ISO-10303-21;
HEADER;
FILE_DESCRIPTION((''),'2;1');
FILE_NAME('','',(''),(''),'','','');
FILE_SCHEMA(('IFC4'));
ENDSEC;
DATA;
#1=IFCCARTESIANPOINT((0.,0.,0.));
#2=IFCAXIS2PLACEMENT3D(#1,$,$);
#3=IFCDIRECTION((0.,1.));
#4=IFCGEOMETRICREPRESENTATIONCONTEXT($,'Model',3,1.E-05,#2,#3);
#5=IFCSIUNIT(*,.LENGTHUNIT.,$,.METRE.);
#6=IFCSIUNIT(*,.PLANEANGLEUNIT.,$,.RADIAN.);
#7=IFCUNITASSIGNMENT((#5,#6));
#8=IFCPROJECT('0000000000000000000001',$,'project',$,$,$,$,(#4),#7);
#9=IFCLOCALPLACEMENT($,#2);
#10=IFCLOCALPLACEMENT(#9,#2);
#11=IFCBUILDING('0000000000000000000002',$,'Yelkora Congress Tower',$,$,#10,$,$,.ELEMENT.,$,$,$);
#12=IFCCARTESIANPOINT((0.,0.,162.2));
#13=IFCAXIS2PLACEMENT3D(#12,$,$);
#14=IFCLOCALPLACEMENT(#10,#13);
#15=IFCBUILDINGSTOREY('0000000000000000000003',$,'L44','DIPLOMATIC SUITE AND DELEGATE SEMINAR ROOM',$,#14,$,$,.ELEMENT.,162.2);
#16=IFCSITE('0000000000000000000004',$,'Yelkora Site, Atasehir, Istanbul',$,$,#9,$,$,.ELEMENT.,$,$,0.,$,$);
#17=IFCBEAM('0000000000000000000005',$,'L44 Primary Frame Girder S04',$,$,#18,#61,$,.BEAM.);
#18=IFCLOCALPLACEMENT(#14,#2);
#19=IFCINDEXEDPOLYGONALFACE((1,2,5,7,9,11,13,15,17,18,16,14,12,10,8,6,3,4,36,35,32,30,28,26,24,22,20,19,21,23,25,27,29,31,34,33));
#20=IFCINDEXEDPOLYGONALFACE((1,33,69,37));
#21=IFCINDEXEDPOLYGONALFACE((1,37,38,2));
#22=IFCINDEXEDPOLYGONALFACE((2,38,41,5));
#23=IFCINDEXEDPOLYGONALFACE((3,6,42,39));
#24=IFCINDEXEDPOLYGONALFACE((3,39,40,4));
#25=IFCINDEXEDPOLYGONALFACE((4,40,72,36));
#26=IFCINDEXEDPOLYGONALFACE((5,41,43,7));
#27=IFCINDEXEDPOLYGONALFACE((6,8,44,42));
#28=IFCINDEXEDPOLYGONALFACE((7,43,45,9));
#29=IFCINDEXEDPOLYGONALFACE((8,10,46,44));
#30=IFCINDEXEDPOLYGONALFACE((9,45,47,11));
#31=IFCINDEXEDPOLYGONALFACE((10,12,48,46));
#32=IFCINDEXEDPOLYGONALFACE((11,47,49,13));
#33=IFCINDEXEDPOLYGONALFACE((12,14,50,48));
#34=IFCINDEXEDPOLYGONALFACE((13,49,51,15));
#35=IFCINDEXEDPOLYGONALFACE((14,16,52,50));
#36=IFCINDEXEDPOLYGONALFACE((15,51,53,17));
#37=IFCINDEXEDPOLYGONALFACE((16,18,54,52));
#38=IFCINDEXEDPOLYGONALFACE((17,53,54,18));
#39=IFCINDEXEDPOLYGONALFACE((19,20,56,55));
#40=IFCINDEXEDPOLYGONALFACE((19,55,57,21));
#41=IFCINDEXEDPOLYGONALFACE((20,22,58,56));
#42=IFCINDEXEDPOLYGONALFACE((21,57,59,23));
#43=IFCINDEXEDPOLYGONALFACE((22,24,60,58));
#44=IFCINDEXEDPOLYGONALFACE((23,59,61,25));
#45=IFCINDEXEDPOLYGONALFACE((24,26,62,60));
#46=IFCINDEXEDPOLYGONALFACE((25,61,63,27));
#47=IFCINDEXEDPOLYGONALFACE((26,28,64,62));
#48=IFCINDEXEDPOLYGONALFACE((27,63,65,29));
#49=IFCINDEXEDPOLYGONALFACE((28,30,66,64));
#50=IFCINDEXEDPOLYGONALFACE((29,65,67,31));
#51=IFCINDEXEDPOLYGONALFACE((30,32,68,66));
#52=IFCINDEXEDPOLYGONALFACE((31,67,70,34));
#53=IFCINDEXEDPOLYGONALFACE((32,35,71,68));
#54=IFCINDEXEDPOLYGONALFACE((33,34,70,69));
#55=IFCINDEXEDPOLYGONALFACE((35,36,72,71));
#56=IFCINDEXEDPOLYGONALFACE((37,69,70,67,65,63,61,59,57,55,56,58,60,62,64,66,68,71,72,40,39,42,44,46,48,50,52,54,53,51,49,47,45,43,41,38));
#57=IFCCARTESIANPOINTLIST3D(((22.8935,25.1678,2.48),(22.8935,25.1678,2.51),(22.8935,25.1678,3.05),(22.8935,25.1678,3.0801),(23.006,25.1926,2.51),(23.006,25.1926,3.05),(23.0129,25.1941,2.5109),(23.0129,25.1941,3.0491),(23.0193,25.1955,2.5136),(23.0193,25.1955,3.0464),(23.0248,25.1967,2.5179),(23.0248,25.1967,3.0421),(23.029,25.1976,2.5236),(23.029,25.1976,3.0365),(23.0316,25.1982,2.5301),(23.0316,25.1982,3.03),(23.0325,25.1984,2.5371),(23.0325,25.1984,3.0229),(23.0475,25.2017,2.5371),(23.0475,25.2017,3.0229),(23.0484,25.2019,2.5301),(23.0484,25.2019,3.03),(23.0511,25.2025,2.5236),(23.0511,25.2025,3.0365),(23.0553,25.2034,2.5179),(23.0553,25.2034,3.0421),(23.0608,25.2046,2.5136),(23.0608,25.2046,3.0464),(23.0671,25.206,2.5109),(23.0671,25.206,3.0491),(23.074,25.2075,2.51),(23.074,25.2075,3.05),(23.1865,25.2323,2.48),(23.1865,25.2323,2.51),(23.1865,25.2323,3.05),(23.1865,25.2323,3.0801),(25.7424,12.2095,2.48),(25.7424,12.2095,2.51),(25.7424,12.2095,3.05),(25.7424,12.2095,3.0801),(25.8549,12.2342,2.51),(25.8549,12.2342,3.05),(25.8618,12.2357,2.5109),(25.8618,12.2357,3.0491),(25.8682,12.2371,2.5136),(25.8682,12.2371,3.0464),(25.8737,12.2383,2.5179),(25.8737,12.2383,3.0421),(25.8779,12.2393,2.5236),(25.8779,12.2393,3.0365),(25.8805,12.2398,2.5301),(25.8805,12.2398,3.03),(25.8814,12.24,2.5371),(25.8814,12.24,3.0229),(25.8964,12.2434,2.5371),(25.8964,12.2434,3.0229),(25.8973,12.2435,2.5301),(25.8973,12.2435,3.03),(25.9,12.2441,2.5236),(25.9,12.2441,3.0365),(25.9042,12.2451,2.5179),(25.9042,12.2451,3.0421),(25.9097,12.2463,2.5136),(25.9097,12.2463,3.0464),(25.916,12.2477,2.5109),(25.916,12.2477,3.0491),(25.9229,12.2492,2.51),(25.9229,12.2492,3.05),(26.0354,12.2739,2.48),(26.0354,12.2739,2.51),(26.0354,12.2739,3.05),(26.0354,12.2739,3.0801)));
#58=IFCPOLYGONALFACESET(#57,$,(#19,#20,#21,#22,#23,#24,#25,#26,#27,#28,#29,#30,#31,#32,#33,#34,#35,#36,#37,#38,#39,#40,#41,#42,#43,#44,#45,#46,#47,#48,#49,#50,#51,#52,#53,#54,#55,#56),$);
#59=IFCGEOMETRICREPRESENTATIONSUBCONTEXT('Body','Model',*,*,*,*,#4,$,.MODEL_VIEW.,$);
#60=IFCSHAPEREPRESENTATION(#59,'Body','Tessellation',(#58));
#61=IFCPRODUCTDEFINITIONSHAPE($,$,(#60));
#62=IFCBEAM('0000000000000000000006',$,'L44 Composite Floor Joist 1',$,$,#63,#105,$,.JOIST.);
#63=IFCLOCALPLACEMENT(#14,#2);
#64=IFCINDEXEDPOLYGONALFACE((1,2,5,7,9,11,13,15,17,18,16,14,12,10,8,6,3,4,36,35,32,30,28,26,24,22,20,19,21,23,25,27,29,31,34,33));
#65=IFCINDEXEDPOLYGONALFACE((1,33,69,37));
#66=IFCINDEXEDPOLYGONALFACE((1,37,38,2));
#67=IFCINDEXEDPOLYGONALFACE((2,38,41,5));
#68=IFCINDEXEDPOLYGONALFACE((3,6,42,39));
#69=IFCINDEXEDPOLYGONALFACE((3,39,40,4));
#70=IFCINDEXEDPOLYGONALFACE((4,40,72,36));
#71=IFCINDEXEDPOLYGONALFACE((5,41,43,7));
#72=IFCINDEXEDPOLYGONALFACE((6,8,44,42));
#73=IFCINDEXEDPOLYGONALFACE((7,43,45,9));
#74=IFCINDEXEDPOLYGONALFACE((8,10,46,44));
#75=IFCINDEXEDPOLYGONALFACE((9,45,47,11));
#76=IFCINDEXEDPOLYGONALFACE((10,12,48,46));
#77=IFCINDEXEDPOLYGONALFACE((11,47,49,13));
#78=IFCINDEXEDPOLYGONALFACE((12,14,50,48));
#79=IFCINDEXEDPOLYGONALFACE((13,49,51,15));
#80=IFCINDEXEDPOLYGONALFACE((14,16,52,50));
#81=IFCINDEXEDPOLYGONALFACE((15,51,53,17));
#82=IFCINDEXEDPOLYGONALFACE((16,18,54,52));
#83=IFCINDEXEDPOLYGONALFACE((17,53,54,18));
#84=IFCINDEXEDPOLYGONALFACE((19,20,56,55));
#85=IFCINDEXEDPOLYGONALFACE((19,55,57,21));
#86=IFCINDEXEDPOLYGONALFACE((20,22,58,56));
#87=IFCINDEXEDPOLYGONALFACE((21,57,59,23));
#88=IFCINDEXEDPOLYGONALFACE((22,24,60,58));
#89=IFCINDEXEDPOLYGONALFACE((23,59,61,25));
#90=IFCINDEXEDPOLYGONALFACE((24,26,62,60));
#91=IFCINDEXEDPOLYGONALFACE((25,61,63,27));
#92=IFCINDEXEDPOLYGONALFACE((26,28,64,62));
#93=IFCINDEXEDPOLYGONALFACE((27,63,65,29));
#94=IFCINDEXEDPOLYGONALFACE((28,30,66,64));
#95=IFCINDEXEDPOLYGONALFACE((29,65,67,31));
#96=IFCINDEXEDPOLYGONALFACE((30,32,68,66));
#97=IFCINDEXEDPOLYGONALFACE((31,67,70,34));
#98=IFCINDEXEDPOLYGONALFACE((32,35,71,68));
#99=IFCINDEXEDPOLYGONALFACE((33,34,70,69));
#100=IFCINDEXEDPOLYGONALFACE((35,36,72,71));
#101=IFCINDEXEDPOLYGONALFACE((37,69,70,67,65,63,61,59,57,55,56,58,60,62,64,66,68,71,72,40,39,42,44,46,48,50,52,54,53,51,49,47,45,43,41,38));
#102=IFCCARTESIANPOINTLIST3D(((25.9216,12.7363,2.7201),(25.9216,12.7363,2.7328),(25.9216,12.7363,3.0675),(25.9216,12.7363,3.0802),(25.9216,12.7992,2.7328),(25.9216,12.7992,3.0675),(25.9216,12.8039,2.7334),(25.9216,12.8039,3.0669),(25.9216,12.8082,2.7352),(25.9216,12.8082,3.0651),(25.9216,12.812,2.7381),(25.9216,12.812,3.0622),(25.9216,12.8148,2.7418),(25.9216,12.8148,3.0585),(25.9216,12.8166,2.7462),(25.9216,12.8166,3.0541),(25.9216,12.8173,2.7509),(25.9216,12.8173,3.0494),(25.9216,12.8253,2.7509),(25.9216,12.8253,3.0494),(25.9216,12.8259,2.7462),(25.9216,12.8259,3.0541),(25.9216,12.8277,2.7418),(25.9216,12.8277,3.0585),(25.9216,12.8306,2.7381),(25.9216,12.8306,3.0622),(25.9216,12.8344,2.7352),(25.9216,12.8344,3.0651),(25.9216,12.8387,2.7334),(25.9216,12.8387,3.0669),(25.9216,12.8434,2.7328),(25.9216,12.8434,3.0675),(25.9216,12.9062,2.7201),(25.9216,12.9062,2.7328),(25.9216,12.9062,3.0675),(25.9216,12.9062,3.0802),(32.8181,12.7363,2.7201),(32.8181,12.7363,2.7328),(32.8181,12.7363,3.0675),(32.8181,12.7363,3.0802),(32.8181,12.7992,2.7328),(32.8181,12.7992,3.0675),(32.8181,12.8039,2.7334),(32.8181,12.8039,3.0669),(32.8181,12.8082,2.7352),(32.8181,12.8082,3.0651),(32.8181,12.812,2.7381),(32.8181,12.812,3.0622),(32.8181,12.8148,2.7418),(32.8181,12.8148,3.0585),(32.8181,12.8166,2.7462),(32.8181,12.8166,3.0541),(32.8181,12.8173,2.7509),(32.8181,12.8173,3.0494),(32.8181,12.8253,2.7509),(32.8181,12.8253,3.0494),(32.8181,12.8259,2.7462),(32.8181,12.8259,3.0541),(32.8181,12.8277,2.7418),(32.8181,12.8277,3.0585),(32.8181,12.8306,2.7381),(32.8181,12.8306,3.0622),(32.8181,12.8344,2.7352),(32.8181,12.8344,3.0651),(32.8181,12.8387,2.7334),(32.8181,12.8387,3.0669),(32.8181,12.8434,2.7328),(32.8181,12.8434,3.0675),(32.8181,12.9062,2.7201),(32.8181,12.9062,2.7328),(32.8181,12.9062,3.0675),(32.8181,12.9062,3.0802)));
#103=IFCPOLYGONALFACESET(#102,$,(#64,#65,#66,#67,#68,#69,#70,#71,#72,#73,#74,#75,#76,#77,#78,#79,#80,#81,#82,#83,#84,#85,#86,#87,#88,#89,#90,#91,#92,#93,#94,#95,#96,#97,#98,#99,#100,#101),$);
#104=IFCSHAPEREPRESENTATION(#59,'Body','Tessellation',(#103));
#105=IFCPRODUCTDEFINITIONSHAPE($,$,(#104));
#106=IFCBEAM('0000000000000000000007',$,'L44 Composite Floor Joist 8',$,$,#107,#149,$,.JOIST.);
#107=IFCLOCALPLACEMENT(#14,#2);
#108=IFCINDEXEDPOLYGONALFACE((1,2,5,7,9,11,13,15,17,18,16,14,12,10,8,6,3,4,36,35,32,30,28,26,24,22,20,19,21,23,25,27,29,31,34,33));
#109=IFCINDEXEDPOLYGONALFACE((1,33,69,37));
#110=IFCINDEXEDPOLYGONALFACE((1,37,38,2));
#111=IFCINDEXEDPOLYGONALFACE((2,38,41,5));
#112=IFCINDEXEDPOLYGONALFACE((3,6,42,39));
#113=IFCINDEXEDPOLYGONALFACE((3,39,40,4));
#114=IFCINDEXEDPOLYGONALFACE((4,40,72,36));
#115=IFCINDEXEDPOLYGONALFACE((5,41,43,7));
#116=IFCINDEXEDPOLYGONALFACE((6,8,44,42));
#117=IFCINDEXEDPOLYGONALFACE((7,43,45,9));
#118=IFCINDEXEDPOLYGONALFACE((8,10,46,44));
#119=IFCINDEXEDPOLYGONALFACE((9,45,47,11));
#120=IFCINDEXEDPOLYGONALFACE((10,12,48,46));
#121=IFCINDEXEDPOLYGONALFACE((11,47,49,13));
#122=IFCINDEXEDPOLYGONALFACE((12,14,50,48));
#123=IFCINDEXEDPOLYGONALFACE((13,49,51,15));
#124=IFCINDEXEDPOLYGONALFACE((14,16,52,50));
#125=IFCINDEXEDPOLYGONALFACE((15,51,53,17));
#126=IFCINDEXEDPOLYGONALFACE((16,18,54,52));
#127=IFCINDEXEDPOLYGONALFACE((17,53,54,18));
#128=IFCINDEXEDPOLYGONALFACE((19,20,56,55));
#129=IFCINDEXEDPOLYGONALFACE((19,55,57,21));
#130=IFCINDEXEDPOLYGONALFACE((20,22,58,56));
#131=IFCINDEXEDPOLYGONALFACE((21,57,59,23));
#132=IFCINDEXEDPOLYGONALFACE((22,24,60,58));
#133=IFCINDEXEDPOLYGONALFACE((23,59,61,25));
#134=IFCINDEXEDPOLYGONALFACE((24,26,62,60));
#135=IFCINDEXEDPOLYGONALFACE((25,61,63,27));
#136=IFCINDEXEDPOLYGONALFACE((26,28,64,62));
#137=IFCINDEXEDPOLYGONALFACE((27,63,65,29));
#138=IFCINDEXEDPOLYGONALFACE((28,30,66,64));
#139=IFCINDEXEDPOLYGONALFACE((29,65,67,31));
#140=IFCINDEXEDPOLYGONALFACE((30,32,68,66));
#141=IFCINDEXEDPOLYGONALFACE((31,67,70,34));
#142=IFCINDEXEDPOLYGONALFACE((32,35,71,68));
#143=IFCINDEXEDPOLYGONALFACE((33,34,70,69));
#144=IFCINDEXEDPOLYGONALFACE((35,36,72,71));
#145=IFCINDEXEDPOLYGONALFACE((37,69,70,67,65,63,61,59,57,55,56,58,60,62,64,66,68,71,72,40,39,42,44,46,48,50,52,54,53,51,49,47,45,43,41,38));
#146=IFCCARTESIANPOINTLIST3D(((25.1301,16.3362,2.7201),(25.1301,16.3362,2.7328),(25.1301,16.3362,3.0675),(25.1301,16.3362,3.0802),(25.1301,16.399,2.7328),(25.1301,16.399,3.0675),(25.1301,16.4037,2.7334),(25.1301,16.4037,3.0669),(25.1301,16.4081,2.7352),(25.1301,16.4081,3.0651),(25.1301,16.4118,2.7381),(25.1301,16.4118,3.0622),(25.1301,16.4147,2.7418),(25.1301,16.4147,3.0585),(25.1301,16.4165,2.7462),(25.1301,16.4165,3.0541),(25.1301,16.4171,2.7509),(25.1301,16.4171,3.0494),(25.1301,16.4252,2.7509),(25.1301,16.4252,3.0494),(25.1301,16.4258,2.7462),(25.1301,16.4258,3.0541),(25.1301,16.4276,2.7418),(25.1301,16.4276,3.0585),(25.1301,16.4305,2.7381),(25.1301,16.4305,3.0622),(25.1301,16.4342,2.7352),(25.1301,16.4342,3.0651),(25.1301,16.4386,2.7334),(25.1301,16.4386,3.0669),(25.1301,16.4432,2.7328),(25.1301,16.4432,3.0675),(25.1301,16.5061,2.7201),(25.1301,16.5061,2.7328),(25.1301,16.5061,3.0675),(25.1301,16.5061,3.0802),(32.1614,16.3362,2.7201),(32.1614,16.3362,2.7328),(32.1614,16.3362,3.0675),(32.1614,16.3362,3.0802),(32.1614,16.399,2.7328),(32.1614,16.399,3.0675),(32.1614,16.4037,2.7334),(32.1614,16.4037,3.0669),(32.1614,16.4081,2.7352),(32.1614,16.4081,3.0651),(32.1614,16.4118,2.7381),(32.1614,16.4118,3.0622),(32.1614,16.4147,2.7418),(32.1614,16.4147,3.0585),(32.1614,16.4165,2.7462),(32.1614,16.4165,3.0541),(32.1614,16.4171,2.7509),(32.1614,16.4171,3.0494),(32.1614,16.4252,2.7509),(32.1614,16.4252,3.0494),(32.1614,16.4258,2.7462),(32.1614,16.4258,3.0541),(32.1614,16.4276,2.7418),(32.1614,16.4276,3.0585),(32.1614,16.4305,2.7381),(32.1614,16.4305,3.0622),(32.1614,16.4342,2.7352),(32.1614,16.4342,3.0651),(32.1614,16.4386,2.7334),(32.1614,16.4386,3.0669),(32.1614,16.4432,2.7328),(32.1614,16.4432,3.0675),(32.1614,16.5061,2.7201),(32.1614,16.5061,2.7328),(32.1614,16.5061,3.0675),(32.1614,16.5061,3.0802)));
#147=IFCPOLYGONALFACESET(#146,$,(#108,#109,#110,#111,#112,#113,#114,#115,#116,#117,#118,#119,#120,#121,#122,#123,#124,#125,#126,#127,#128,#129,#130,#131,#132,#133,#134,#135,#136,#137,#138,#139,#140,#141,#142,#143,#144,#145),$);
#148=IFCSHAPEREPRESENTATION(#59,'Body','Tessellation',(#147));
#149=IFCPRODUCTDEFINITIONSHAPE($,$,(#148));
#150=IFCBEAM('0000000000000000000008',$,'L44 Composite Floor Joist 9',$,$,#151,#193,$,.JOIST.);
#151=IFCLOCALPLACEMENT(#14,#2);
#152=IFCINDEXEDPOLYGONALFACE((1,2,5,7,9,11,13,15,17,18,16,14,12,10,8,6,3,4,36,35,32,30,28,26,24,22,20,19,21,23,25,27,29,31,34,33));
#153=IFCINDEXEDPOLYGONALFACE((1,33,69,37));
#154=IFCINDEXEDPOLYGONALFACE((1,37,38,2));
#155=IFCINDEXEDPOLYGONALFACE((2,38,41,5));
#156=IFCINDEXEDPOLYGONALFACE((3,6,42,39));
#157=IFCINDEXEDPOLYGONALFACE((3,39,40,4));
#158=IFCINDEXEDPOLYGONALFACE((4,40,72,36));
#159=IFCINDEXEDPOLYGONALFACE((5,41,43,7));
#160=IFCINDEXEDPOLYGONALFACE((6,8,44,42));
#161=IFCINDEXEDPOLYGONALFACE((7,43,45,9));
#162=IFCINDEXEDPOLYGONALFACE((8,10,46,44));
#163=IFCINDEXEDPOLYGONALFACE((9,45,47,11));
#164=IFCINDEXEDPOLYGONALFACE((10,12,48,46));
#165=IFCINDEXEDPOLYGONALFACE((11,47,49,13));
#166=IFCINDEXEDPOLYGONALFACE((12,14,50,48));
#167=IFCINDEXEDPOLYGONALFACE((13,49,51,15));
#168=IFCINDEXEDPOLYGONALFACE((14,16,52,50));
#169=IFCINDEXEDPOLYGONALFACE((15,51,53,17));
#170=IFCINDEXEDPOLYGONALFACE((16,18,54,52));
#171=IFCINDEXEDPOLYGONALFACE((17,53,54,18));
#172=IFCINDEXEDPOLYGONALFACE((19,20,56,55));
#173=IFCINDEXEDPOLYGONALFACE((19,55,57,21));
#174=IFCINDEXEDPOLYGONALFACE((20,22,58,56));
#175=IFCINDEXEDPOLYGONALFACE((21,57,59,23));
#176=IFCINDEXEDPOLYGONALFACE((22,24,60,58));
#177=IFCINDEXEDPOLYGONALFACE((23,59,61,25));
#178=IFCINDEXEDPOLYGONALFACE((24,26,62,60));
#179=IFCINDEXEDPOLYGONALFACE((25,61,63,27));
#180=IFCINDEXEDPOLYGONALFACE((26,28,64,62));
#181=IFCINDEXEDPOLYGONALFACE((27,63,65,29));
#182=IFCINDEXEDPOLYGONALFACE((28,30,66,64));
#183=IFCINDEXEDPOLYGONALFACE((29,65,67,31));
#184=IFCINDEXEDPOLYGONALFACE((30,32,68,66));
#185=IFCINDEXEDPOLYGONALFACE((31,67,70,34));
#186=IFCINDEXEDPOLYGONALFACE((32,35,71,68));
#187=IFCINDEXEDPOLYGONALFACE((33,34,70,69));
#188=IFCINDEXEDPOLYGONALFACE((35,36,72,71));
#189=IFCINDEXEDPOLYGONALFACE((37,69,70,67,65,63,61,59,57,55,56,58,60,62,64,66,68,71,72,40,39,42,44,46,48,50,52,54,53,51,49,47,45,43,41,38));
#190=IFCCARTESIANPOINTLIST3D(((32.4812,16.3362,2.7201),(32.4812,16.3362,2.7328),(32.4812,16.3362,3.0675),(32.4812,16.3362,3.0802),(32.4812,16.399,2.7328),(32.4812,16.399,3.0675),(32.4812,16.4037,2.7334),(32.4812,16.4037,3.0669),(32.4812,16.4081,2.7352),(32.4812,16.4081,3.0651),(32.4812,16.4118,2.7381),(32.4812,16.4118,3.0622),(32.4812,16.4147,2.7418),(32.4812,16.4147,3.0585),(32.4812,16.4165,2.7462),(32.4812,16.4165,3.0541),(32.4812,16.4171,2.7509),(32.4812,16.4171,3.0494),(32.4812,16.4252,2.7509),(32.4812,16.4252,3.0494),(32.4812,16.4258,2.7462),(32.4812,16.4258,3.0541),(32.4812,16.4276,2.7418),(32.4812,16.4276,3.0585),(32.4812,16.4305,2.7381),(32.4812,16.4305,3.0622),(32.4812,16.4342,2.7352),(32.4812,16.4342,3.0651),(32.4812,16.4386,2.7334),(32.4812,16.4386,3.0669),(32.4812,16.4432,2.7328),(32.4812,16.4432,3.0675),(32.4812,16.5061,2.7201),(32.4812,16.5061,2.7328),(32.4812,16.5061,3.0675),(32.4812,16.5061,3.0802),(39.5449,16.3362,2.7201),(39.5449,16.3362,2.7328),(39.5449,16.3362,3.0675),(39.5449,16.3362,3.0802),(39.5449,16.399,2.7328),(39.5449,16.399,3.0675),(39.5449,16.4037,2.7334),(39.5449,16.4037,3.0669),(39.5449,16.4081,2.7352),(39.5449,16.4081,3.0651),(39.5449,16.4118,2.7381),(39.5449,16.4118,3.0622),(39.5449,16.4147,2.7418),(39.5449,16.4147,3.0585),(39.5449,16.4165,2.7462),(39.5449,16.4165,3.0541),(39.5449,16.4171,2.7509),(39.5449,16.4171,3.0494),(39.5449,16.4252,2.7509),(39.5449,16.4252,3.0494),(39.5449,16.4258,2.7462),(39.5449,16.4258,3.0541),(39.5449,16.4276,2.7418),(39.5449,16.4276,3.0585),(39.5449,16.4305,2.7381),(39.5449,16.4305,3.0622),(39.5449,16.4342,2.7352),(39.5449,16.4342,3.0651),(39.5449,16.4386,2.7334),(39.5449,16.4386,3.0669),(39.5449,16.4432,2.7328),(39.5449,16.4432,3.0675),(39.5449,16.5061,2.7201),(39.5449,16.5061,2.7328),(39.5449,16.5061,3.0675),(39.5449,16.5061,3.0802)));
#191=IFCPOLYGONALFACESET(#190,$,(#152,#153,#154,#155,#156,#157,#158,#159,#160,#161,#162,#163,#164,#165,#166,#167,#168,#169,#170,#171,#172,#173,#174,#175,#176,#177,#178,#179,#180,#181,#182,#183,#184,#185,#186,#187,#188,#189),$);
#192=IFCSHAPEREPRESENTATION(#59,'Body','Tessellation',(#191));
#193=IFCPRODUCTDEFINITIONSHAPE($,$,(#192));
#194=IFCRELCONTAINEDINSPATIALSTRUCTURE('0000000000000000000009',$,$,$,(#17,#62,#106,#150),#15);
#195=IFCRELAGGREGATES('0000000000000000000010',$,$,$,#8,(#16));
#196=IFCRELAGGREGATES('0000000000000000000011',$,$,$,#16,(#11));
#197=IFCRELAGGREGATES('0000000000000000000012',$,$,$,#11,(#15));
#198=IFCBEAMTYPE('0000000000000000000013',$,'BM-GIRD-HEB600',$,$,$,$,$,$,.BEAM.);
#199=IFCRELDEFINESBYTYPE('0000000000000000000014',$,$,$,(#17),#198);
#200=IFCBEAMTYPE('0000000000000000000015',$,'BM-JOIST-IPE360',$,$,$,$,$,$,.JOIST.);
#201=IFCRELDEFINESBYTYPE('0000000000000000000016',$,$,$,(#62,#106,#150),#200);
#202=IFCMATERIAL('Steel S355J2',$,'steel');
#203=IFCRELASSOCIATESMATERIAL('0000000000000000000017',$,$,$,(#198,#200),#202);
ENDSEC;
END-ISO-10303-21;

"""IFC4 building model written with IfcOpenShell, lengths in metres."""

from ifc_helpers import new_model, si_unit, direction, frame, origin, origin_2d, place, context, subcontext, project, spatial, i_section, extrude, material, material_profile, profile_set, type_object, element, save


model = new_model("IFC4")

# Units and contexts
model_context = context("Model", 3, precision=1e-05, world=origin(), true_north=direction((0.0, 1.0)))
body_context = subcontext(model_context, "Body", "Model", "MODEL_VIEW")
ifc_project = project(units=[si_unit("LENGTHUNIT", "METRE"), si_unit("PLANEANGLEUNIT", "RADIAN")], contexts=[model_context])

# Site, building, storey
site_placement = place(None, origin())
site = spatial("IfcSite", under=ifc_project, at=site_placement, Name="Yelkora Site, Atasehir, Istanbul", CompositionType="ELEMENT", RefElevation=0.0)
building_placement = place(site_placement, origin())
building = spatial("IfcBuilding", under=site, at=building_placement, Name="Yelkora Congress Tower", CompositionType="ELEMENT")
storey_placement = place(building_placement, frame((0.0, 0.0, 162.2)))
storey = spatial("IfcBuildingStorey", under=building, at=storey_placement, Name="L44", Description="DIPLOMATIC SUITE AND DELEGATE SEMINAR ROOM", CompositionType="ELEMENT", Elevation=162.2)

# Beams
ifc_material_1 = material(Name="Steel S355J2", Category="steel")
ifc_material_profile_1 = material_profile(ifc_material_1, i_section(OverallWidth=0.3, OverallDepth=0.6001, WebThickness=0.0154, FlangeThickness=0.03, FilletRadius=0.0271, at=origin_2d()), Name="HEB 600")
ifc_profile_set_1 = profile_set([ifc_material_profile_1], Name="Steel S355J2")
beam_type_1 = type_object("IfcBeamType", Name="BM-GIRD-HEB600", PredefinedType="BEAM", material=ifc_profile_set_1)
beam_1_placement = place(storey_placement, frame((25.8889, 12.2417, 2.78), z_axis=(-0.214722, 0.976675, 0.0), x_axis=(-0.976675, -0.214722, 0.0)))
element("IfcBeam", 1, at=beam_1_placement, inside=storey, type_object=beam_type_1, Name="L44 Primary Frame Girder S04", PredefinedType="BEAM", context=body_context, shape_type="SweptSolid", body=[
    extrude(i_section(OverallWidth=0.3, OverallDepth=0.6001, WebThickness=0.0154, FlangeThickness=0.03, FilletRadius=0.0271, at=origin_2d()), origin(), (0.0, 0.0, 1.0), 13.2678),
])
ifc_material_profile_2 = material_profile(ifc_material_1, i_section(OverallWidth=0.1699, OverallDepth=0.3601, WebThickness=0.0081, FlangeThickness=0.0127, FilletRadius=0.0181, at=origin_2d()), Name="IPE 360")
ifc_profile_set_2 = profile_set([ifc_material_profile_2], Name="Steel S355J2")
beam_type_2 = type_object("IfcBeamType", Name="BM-JOIST-IPE360", PredefinedType="JOIST", material=ifc_profile_set_2)
beam_2_placement = place(storey_placement, frame((25.9216, 12.8213, 2.9001), z_axis=(1.0, 0.0, 0.0), x_axis=(0.0, 1.0, 0.0)))
element("IfcBeam", 2, at=beam_2_placement, inside=storey, type_object=beam_type_2, Name="L44 Composite Floor Joist 1", PredefinedType="JOIST", context=body_context, shape_type="SweptSolid", body=[
    extrude(i_section(OverallWidth=0.1699, OverallDepth=0.3601, WebThickness=0.0081, FlangeThickness=0.0127, FilletRadius=0.0181, at=origin_2d()), origin(), (0.0, 0.0, 1.0), 6.8965),
])
beam_3_placement = place(storey_placement, frame((25.1301, 16.4211, 2.9001), z_axis=(1.0, 0.0, 0.0), x_axis=(0.0, 1.0, 0.0)))
element("IfcBeam", 3, at=beam_3_placement, inside=storey, type_object=beam_type_2, Name="L44 Composite Floor Joist 8", PredefinedType="JOIST", context=body_context, shape_type="SweptSolid", body=[
    extrude(i_section(OverallWidth=0.1699, OverallDepth=0.3601, WebThickness=0.0081, FlangeThickness=0.0127, FilletRadius=0.0181, at=origin_2d()), origin(), (0.0, 0.0, 1.0), 7.0312),
])
beam_4_placement = place(storey_placement, frame((32.4812, 16.4211, 2.9001), z_axis=(1.0, 0.0, 0.0), x_axis=(0.0, 1.0, 0.0)))
element("IfcBeam", 4, at=beam_4_placement, inside=storey, type_object=beam_type_2, Name="L44 Composite Floor Joist 9", PredefinedType="JOIST", context=body_context, shape_type="SweptSolid", body=[
    extrude(i_section(OverallWidth=0.1699, OverallDepth=0.3601, WebThickness=0.0081, FlangeThickness=0.0127, FilletRadius=0.0181, at=origin_2d()), origin(), (0.0, 0.0, 1.0), 7.0637),
])

save(model, "model.ifc")
